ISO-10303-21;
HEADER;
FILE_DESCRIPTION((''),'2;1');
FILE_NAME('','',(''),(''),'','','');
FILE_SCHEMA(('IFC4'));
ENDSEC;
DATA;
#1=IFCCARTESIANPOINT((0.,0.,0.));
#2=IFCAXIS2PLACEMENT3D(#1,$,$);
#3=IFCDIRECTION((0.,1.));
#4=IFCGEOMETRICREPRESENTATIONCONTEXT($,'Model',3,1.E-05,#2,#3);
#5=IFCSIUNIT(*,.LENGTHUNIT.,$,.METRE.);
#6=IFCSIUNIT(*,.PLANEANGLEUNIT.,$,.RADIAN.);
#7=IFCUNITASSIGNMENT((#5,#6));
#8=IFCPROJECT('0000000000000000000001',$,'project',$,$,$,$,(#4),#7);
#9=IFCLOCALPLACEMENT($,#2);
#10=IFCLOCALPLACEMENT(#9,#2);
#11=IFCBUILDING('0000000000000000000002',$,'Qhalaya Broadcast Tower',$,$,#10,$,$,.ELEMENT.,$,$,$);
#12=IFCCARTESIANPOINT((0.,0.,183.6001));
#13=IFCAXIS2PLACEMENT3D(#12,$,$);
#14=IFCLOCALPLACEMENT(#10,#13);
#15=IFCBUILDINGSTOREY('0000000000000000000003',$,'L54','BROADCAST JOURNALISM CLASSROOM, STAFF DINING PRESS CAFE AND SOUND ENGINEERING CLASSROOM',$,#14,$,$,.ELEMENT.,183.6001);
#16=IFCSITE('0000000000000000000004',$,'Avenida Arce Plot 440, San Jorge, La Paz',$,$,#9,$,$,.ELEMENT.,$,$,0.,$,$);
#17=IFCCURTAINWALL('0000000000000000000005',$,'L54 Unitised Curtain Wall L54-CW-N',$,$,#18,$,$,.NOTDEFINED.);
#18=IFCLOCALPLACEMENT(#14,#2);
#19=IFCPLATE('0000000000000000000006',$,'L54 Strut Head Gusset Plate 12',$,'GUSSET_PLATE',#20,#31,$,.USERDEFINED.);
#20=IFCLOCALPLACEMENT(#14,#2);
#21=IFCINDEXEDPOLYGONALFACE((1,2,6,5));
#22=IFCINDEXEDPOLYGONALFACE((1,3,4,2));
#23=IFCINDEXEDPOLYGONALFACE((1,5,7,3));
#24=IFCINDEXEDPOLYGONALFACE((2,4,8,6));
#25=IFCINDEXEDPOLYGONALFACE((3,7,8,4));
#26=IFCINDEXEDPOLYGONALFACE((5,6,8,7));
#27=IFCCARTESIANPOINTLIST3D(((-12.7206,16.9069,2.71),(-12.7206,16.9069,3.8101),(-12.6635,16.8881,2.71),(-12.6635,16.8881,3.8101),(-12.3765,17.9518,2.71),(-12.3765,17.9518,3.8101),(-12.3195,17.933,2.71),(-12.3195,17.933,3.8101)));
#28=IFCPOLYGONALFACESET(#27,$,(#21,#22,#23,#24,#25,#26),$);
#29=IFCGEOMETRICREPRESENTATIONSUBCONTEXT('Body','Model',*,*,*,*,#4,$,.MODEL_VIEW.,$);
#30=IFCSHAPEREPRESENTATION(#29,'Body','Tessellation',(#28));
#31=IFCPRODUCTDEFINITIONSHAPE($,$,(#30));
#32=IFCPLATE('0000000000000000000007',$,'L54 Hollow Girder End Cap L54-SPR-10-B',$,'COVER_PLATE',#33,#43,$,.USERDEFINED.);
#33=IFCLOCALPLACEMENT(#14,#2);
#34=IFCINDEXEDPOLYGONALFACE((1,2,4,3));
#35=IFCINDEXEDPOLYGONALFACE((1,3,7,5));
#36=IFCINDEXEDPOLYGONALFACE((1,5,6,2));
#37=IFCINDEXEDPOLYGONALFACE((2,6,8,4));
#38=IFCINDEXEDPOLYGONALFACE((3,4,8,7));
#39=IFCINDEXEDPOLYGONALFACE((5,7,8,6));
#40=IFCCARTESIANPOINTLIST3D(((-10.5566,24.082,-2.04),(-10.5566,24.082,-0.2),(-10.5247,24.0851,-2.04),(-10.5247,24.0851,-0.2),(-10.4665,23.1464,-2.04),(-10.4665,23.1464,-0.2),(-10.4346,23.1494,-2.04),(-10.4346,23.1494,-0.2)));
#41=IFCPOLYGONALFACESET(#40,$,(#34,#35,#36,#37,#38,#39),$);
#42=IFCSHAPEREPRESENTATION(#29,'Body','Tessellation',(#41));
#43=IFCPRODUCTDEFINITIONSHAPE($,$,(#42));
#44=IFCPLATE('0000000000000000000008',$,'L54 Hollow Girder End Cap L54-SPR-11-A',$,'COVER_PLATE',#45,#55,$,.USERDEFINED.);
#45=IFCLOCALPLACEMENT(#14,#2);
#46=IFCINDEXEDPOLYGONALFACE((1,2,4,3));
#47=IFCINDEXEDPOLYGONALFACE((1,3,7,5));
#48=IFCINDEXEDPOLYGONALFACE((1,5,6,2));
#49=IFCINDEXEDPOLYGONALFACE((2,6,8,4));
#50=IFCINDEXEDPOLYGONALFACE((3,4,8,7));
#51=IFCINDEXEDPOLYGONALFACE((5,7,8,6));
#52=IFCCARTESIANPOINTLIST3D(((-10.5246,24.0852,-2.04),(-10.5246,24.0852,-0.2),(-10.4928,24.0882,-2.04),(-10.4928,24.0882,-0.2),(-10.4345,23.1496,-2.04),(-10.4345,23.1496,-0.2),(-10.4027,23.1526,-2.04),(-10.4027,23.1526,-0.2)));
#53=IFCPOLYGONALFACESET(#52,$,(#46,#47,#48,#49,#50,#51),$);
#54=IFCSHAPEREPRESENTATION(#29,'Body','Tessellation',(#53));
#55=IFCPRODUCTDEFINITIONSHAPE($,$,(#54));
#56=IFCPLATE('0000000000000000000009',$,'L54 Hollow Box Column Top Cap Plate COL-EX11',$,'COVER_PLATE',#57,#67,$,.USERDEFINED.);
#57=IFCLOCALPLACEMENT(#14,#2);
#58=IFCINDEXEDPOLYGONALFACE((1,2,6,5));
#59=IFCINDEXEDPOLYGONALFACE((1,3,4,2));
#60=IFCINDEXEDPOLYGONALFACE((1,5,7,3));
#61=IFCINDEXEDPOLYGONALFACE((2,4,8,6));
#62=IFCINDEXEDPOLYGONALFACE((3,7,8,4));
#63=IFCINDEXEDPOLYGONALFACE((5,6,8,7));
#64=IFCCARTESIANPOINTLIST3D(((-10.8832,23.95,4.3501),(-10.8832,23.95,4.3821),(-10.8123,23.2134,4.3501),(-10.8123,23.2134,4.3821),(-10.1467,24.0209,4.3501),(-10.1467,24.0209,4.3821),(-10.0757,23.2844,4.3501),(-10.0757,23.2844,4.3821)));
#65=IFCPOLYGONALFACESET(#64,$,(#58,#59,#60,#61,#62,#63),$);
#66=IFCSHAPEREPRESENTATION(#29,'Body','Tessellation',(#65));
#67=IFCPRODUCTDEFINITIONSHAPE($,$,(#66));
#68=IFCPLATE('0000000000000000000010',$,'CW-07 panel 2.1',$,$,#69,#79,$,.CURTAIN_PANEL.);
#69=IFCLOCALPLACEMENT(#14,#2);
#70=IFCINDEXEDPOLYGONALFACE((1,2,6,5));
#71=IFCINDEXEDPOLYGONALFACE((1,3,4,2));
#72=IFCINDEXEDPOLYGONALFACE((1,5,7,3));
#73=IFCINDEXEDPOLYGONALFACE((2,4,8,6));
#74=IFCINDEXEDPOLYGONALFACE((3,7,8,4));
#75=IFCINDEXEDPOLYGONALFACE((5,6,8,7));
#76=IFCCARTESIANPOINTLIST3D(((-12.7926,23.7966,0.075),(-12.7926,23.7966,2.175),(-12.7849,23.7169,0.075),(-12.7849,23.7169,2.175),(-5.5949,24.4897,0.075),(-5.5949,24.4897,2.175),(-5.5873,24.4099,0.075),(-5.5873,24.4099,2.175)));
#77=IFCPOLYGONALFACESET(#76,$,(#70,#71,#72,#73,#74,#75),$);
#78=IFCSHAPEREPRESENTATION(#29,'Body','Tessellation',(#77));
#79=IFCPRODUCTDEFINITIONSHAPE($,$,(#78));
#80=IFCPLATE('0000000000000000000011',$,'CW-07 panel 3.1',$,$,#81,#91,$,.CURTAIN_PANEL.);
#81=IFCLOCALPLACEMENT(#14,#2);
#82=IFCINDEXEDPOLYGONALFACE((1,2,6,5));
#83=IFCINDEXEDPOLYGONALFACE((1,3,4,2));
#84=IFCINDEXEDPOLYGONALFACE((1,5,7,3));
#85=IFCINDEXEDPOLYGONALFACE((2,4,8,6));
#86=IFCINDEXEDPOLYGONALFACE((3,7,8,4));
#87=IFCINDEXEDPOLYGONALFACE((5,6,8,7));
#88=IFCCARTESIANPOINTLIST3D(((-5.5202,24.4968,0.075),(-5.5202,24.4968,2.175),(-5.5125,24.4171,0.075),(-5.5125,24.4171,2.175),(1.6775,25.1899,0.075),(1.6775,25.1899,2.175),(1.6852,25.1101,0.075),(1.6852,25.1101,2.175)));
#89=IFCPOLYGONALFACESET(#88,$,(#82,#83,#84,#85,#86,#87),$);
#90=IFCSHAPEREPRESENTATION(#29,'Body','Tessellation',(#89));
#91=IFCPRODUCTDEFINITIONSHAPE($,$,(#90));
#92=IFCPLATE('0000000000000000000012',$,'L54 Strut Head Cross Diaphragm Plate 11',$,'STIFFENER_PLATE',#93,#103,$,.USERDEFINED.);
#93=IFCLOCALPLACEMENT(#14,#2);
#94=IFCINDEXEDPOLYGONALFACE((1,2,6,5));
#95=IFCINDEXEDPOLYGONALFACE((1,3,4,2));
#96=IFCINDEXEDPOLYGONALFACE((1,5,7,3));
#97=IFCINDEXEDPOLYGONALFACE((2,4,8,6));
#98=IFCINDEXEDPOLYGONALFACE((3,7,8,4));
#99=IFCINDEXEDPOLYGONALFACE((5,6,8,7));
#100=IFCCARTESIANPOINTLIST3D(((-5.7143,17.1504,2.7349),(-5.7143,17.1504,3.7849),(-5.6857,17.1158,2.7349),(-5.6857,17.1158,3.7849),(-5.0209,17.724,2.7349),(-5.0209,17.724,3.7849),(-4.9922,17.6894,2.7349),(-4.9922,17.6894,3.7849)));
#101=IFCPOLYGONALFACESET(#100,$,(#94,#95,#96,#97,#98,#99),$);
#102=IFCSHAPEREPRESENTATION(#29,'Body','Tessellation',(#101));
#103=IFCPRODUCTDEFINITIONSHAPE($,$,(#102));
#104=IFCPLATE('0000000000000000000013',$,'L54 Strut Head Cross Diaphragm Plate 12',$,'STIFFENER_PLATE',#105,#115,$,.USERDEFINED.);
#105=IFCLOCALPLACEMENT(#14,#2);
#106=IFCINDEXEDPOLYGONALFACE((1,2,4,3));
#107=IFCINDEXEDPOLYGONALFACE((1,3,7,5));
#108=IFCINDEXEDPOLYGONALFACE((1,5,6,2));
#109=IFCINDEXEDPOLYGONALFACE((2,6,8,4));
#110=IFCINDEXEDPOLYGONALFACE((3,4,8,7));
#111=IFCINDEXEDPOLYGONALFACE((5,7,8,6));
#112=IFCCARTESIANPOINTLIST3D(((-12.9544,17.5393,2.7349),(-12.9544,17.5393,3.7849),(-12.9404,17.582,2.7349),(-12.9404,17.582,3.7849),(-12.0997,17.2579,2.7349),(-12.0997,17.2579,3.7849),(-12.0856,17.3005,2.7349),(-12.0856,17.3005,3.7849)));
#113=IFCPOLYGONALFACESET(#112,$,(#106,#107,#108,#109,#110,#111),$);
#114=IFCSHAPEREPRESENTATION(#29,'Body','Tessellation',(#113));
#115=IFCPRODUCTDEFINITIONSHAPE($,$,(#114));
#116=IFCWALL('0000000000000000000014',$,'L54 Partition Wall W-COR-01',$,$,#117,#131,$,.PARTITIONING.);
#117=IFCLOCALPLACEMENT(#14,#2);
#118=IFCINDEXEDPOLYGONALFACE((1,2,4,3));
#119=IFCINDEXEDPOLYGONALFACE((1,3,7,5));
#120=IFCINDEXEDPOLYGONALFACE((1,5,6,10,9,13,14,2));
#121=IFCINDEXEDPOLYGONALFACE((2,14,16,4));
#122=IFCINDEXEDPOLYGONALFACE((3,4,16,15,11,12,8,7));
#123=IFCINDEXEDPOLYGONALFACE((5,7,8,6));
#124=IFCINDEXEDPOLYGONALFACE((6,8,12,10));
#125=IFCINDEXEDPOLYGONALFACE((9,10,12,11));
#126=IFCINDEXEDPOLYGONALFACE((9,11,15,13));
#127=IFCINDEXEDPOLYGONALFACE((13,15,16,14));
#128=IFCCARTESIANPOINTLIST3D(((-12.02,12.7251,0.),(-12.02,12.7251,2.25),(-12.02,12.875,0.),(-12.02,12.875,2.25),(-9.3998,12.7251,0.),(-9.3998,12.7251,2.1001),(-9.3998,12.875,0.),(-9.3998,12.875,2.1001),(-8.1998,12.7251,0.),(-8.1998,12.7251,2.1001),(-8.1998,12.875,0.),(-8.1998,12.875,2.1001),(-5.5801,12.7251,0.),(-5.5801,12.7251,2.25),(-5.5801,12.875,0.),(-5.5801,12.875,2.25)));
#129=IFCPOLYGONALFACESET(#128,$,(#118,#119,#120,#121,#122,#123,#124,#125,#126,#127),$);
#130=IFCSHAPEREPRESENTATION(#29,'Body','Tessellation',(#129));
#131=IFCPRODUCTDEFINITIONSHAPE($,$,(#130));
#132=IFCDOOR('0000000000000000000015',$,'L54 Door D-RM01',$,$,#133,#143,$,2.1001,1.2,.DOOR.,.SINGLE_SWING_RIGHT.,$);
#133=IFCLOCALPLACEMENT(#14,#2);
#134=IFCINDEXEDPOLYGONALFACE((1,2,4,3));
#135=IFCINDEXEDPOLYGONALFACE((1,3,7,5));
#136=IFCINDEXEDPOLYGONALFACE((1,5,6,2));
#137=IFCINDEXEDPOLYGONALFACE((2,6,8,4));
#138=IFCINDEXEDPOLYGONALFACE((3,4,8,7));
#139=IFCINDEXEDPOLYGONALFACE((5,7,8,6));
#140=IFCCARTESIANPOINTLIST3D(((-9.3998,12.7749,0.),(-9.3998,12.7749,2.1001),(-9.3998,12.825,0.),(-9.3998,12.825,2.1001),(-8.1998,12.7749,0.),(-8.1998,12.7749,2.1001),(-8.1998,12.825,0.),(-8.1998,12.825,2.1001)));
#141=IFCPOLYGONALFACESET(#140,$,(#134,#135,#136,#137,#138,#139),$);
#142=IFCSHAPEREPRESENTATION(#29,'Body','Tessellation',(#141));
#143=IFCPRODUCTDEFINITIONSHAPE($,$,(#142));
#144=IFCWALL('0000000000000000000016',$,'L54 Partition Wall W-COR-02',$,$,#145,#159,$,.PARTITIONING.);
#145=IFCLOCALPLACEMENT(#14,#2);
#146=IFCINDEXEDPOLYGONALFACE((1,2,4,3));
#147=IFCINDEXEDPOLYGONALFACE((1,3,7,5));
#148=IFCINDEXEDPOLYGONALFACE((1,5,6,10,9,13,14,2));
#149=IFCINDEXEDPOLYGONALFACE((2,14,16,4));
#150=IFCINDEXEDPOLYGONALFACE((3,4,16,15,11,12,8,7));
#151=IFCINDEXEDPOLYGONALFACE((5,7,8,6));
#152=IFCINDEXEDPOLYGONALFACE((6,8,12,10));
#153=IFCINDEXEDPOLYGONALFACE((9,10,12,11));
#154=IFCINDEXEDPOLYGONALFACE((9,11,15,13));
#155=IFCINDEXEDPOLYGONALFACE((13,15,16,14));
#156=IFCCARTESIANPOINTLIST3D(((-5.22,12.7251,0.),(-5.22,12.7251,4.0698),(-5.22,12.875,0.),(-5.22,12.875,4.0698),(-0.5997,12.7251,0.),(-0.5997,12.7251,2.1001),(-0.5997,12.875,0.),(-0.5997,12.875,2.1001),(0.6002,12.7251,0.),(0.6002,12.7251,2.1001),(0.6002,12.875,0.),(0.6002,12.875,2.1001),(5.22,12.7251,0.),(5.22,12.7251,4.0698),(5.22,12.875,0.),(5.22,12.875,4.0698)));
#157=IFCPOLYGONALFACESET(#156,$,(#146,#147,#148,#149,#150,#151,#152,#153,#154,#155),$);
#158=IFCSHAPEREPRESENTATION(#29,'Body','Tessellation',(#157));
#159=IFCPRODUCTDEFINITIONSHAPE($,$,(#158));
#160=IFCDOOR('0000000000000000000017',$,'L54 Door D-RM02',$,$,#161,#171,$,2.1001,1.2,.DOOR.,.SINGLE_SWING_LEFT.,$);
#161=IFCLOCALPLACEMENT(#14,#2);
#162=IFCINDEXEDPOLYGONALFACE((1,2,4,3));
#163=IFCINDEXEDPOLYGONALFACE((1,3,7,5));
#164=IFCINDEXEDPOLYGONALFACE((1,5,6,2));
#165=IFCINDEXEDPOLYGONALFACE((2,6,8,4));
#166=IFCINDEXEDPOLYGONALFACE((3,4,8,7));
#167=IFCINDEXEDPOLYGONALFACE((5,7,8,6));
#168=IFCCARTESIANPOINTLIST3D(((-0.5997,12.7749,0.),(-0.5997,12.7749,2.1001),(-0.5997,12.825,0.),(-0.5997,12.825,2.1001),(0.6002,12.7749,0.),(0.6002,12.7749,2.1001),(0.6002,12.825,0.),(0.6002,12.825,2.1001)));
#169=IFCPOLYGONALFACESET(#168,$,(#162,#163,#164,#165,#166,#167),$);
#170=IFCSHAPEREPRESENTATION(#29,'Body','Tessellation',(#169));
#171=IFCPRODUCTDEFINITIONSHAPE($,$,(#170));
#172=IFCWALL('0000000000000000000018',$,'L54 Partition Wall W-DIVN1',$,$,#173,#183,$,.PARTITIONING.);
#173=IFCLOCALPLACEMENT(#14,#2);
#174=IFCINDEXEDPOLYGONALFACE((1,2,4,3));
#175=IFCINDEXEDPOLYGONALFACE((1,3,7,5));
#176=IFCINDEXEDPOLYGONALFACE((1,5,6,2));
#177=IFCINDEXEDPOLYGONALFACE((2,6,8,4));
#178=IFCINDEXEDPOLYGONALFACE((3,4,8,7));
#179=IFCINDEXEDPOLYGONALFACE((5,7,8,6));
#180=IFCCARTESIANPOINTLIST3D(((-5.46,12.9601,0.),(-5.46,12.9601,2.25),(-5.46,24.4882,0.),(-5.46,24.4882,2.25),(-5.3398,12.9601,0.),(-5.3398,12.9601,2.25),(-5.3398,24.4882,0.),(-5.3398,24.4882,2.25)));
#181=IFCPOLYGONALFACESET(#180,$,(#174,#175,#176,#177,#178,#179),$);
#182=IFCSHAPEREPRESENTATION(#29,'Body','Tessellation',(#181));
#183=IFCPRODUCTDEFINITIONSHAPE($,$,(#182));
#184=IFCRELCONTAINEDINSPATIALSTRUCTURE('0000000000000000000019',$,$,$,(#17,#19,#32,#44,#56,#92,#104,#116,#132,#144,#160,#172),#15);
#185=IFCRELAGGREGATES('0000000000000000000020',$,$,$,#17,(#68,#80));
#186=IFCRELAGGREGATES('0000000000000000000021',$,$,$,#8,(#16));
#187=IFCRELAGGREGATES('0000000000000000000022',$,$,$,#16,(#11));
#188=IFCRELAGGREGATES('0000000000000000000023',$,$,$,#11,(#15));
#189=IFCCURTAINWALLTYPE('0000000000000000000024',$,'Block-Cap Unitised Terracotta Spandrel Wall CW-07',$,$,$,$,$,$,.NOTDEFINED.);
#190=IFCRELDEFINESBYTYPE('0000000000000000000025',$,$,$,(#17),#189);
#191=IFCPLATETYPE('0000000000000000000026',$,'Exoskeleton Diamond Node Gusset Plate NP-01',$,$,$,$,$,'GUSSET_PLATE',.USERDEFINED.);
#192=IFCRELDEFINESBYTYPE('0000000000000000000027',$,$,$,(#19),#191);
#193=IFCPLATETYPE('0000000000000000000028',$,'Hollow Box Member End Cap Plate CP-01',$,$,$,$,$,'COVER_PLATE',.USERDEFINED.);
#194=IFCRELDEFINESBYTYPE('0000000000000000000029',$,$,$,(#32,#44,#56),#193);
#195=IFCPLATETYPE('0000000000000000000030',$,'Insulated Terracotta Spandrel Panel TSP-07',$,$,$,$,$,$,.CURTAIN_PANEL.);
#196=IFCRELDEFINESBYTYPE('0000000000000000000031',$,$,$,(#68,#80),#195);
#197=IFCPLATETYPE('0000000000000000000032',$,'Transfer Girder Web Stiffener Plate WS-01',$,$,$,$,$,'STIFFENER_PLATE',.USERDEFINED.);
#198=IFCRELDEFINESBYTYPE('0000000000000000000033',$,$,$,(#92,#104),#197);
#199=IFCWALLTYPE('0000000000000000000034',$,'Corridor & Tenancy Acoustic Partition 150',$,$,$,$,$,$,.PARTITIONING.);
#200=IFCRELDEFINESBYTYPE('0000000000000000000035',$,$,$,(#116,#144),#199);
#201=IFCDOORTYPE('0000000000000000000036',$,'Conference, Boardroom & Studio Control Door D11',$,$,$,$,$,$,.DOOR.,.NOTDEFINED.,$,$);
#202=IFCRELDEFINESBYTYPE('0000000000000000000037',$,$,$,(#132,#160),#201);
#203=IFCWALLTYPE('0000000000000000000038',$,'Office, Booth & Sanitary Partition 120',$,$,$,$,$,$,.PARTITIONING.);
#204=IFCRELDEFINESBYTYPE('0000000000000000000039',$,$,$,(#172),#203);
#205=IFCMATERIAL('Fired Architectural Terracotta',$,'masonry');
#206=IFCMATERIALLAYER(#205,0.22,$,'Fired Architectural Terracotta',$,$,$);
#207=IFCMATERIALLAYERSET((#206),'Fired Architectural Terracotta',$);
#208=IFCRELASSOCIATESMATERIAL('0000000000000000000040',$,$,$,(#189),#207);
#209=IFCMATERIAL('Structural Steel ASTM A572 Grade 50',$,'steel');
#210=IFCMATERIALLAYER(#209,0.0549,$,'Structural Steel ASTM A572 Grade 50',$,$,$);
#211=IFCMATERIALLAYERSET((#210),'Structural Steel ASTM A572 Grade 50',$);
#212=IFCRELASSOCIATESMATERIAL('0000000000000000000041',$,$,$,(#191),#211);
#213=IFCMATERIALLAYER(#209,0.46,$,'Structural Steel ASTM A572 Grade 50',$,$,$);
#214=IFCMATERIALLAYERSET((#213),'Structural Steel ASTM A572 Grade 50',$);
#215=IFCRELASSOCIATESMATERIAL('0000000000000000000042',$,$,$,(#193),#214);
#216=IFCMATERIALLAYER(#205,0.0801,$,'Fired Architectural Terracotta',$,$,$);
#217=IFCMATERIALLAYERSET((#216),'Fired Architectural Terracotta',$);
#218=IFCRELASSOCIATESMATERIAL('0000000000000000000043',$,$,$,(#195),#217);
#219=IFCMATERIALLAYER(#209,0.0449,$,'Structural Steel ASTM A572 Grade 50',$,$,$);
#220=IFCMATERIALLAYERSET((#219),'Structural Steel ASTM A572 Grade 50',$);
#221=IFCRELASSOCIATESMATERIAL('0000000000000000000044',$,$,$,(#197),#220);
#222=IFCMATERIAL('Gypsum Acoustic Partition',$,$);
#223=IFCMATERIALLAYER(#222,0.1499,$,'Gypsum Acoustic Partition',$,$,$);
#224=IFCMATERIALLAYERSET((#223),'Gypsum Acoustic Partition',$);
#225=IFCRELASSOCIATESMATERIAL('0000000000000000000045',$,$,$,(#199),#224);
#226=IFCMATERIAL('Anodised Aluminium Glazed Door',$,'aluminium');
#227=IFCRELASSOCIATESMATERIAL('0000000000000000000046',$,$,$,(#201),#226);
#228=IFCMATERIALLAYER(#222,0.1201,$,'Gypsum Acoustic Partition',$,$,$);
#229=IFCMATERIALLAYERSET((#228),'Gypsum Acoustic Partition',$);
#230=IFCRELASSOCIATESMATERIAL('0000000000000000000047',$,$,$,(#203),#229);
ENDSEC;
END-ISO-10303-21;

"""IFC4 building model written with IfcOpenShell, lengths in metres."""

from ifc_helpers import new_model, si_unit, direction, frame, frame_2d, origin, origin_2d, place, context, subcontext, project, spatial, rectangle, extrude, material, layer, layer_set, type_object, element, fill, aggregate, save


model = new_model("IFC4")

# Units and contexts
model_context = context("Model", 3, precision=1e-05, world=origin(), true_north=direction((0.0, 1.0)))
body_context = subcontext(model_context, "Body", "Model", "MODEL_VIEW")
ifc_project = project(units=[si_unit("LENGTHUNIT", "METRE"), si_unit("PLANEANGLEUNIT", "RADIAN")], contexts=[model_context])

# Site, building, storey
site_placement = place(None, origin())
site = spatial("IfcSite", under=ifc_project, at=site_placement, Name="Avenida Arce Plot 440, San Jorge, La Paz", CompositionType="ELEMENT", RefElevation=0.0)
building_placement = place(site_placement, origin())
building = spatial("IfcBuilding", under=site, at=building_placement, Name="Qhalaya Broadcast Tower", CompositionType="ELEMENT")
storey_placement = place(building_placement, frame((0.0, 0.0, 183.6001)))
storey = spatial("IfcBuildingStorey", under=building, at=storey_placement, Name="L54", Description="BROADCAST JOURNALISM CLASSROOM, STAFF DINING PRESS CAFE AND SOUND ENGINEERING CLASSROOM", CompositionType="ELEMENT", Elevation=183.6001)

# Shared definitions
ifc_material_1 = material(Name="Structural Steel ASTM A572 Grade 50", Category="steel")

# Curtain wall
ifc_material_2 = material(Name="Fired Architectural Terracotta", Category="masonry")
ifc_layer_1 = layer(ifc_material_2, 0.22, Name="Fired Architectural Terracotta")
ifc_layer_set_1 = layer_set([ifc_layer_1], Name="Fired Architectural Terracotta")
curtain_wall_type = type_object("IfcCurtainWallType", Name="Block-Cap Unitised Terracotta Spandrel Wall CW-07", PredefinedType="NOTDEFINED", material=ifc_layer_set_1)
curtain_wall_placement = place(storey_placement, origin())
curtain_wall = element("IfcCurtainWall", 1, at=curtain_wall_placement, inside=storey, type_object=curtain_wall_type, Name="L54 Unitised Curtain Wall L54-CW-N", PredefinedType="NOTDEFINED")

# Plates
ifc_layer_2 = layer(ifc_material_1, 0.0549, Name="Structural Steel ASTM A572 Grade 50")
ifc_layer_set_2 = layer_set([ifc_layer_2], Name="Structural Steel ASTM A572 Grade 50")
plate_type_1 = type_object("IfcPlateType", Name="Exoskeleton Diamond Node Gusset Plate NP-01", ElementType="GUSSET_PLATE", PredefinedType="USERDEFINED", material=ifc_layer_set_2)
for number, where, z_axis, x_axis, name in (
    (2, (-12.52, 17.4199, 2.71), (0.0, 0.0, 1.0), (-0.312733, -0.949841, 0.0), "L54 Strut Head Gusset Plate 12"),
):
    element("IfcPlate", number, at=place(storey_placement, frame(where, z_axis=z_axis, x_axis=x_axis)), inside=storey, type_object=plate_type_1, Name=name, ObjectType="GUSSET_PLATE", PredefinedType="USERDEFINED", context=body_context, shape_type="SweptSolid", body=[
        extrude(rectangle(XDim=1.1001, YDim=0.0601, at=origin_2d()), origin(), (0.0, 0.0, 1.0), 1.1001),
    ])
ifc_layer_3 = layer(ifc_material_1, 0.46, Name="Structural Steel ASTM A572 Grade 50")
ifc_layer_set_3 = layer_set([ifc_layer_3], Name="Structural Steel ASTM A572 Grade 50")
plate_type_2 = type_object("IfcPlateType", Name="Hollow Box Member End Cap Plate CP-01", ElementType="COVER_PLATE", PredefinedType="USERDEFINED", material=ifc_layer_set_3)
for number, where, z_axis, x_axis, name in (
    (3, (-10.4956, 23.6157, -2.04), (0.0, 0.0, 1.0), (0.095846, -0.995396, 0.0), "L54 Hollow Girder End Cap L54-SPR-10-B"),
    (4, (-10.4636, 23.6189, -2.04), (0.0, 0.0, 1.0), (0.095846, -0.995396, 0.0), "L54 Hollow Girder End Cap L54-SPR-11-A"),
):
    element("IfcPlate", number, at=place(storey_placement, frame(where, z_axis=z_axis, x_axis=x_axis)), inside=storey, type_object=plate_type_2, Name=name, ObjectType="COVER_PLATE", PredefinedType="USERDEFINED", context=body_context, shape_type="SweptSolid", body=[
        extrude(rectangle(XDim=0.9399, YDim=0.032, at=origin_2d()), origin(), (0.0, 0.0, 1.0), 1.8401),
    ])
plate_1_placement = place(storey_placement, frame((-10.4795, 23.6172, 4.3501), z_axis=(0.0, 0.0, 1.0), x_axis=(0.995396, 0.095846, 0.0)))
element("IfcPlate", 5, at=plate_1_placement, inside=storey, type_object=plate_type_2, Name="L54 Hollow Box Column Top Cap Plate COL-EX11", ObjectType="COVER_PLATE", PredefinedType="USERDEFINED", context=body_context, shape_type="SweptSolid", body=[
    extrude(rectangle(XDim=0.74, YDim=0.74, at=origin_2d()), origin(), (0.0, 0.0, 1.0), 0.032),
])

# Plates
ifc_layer_4 = layer(ifc_material_2, 0.0801, Name="Fired Architectural Terracotta")
ifc_layer_set_4 = layer_set([ifc_layer_4], Name="Fired Architectural Terracotta")
plate_type_3 = type_object("IfcPlateType", Name="Insulated Terracotta Spandrel Panel TSP-07", PredefinedType="CURTAIN_PANEL", material=ifc_layer_set_4)
plate_2_placement = place(storey_placement, frame((-9.1899, 24.1033, 0.075), z_axis=(0.0, 0.0, 1.0), x_axis=(0.995396, 0.095846, 0.0)))
plate_2 = element("IfcPlate", 6, at=plate_2_placement, type_object=plate_type_3, Name="CW-07 panel 2.1", PredefinedType="CURTAIN_PANEL", context=body_context, shape_type="SweptSolid", body=[
    extrude(rectangle(XDim=7.231, YDim=0.0801, at=origin_2d()), origin(), (0.0, 0.0, 1.0), 2.1001),
])
plate_3_placement = place(storey_placement, frame((-1.9175, 24.8035, 0.075), z_axis=(0.0, 0.0, 1.0), x_axis=(0.995396, 0.095846, 0.0)))
plate_3 = element("IfcPlate", 7, at=plate_3_placement, type_object=plate_type_3, Name="CW-07 panel 3.1", PredefinedType="CURTAIN_PANEL", context=body_context, shape_type="SweptSolid", body=[
    extrude(rectangle(XDim=7.231, YDim=0.0801, at=origin_2d()), origin(), (0.0, 0.0, 1.0), 2.1001),
])
aggregate(curtain_wall, [plate_2, plate_3])

# Plates
ifc_layer_5 = layer(ifc_material_1, 0.0449, Name="Structural Steel ASTM A572 Grade 50")
ifc_layer_set_5 = layer_set([ifc_layer_5], Name="Structural Steel ASTM A572 Grade 50")
plate_type_4 = type_object("IfcPlateType", Name="Transfer Girder Web Stiffener Plate WS-01", ElementType="STIFFENER_PLATE", PredefinedType="USERDEFINED", material=ifc_layer_set_5)
for number, where, z_axis, x_axis, name in (
    (8, (-5.3533, 17.4199, 2.7349), (0.0, 0.0, 1.0), (0.770547, 0.637384, 0.0), "L54 Strut Head Cross Diaphragm Plate 11"),
    (9, (-12.52, 17.4199, 2.7349), (0.0, 0.0, 1.0), (0.949841, -0.312733, 0.0), "L54 Strut Head Cross Diaphragm Plate 12"),
):
    element("IfcPlate", number, at=place(storey_placement, frame(where, z_axis=z_axis, x_axis=x_axis)), inside=storey, type_object=plate_type_4, Name=name, ObjectType="STIFFENER_PLATE", PredefinedType="USERDEFINED", context=body_context, shape_type="SweptSolid", body=[
        extrude(rectangle(XDim=0.8999, YDim=0.0449, at=origin_2d()), origin(), (0.0, 0.0, 1.0), 1.05),
    ])

# Walls, openings, doors
ifc_material_3 = material(Name="Gypsum Acoustic Partition")
ifc_layer_6 = layer(ifc_material_3, 0.1499, Name="Gypsum Acoustic Partition")
ifc_layer_set_6 = layer_set([ifc_layer_6], Name="Gypsum Acoustic Partition")
wall_type_1 = type_object("IfcWallType", Name="Corridor & Tenancy Acoustic Partition 150", PredefinedType="PARTITIONING", material=ifc_layer_set_6)
wall_1_placement = place(storey_placement, frame((-12.02, 12.8, 0.0), z_axis=(0.0, 0.0, 1.0), x_axis=(1.0, 0.0, 0.0)))
wall_1 = element("IfcWall", 10, at=wall_1_placement, inside=storey, type_object=wall_type_1, Name="L54 Partition Wall W-COR-01", PredefinedType="PARTITIONING", context=body_context, shape_type="SweptSolid", body=[
    extrude(rectangle(XDim=6.4399, YDim=0.1499, at=frame_2d((3.22, 0.0))), origin(), (0.0, 0.0, 1.0), 2.25),
])
opening_1_placement = place(wall_1_placement, frame((2.6201, 0.0, 0.0)))
opening_1 = element("IfcOpeningElement", 11, at=opening_1_placement, cuts=wall_1, PredefinedType="OPENING", context=body_context, shape_type="SweptSolid", body=[
    extrude(rectangle(XDim=1.2, YDim=2.1001, at=frame_2d((0.6001, 1.05))), frame((0.0, 0.0869, 0.0), z_axis=(0.0, -1.0, 0.0), x_axis=(1.0, 0.0, 0.0)), (0.0, 0.0, 1.0), 0.1738),
])
ifc_material_4 = material(Name="Anodised Aluminium Glazed Door", Category="aluminium")
door_type = type_object("IfcDoorType", Name="Conference, Boardroom & Studio Control Door D11", OperationType="NOTDEFINED", PredefinedType="DOOR", material=ifc_material_4)
door_1_placement = place(opening_1_placement, origin())
door_1 = element("IfcDoor", 12, at=door_1_placement, inside=storey, type_object=door_type, Name="L54 Door D-RM01", OperationType="SINGLE_SWING_RIGHT", OverallHeight=2.1001, OverallWidth=1.2, PredefinedType="DOOR", context=body_context, shape_type="SweptSolid", body=[
    extrude(rectangle(XDim=1.2, YDim=2.1001, at=frame_2d((0.6001, 1.05))), frame((0.0, 0.0249, 0.0), z_axis=(0.0, -1.0, 0.0), x_axis=(1.0, 0.0, 0.0)), (0.0, 0.0, 1.0), 0.05),
])
fill(opening_1, door_1)
wall_2_placement = place(storey_placement, frame((-5.22, 12.8, 0.0), z_axis=(0.0, 0.0, 1.0), x_axis=(1.0, 0.0, 0.0)))
wall_2 = element("IfcWall", 13, at=wall_2_placement, inside=storey, type_object=wall_type_1, Name="L54 Partition Wall W-COR-02", PredefinedType="PARTITIONING", context=body_context, shape_type="SweptSolid", body=[
    extrude(rectangle(XDim=10.4399, YDim=0.1499, at=frame_2d((5.22, 0.0))), origin(), (0.0, 0.0, 1.0), 4.0698),
])
opening_2_placement = place(wall_2_placement, frame((4.6201, 0.0, 0.0)))
opening_2 = element("IfcOpeningElement", 14, at=opening_2_placement, cuts=wall_2, PredefinedType="OPENING", context=body_context, shape_type="SweptSolid", body=[
    extrude(rectangle(XDim=1.2, YDim=2.1001, at=frame_2d((0.6001, 1.05))), frame((0.0, 0.0869, 0.0), z_axis=(0.0, -1.0, 0.0), x_axis=(1.0, 0.0, 0.0)), (0.0, 0.0, 1.0), 0.1738),
])
door_2_placement = place(opening_2_placement, origin())
door_2 = element("IfcDoor", 15, at=door_2_placement, inside=storey, type_object=door_type, Name="L54 Door D-RM02", OperationType="SINGLE_SWING_LEFT", OverallHeight=2.1001, OverallWidth=1.2, PredefinedType="DOOR", context=body_context, shape_type="SweptSolid", body=[
    extrude(rectangle(XDim=1.2, YDim=2.1001, at=frame_2d((0.6001, 1.05))), frame((0.0, 0.0249, 0.0), z_axis=(0.0, -1.0, 0.0), x_axis=(1.0, 0.0, 0.0)), (0.0, 0.0, 1.0), 0.05),
])
fill(opening_2, door_2)

# Wall
ifc_layer_7 = layer(ifc_material_3, 0.1201, Name="Gypsum Acoustic Partition")
ifc_layer_set_7 = layer_set([ifc_layer_7], Name="Gypsum Acoustic Partition")
wall_type_2 = type_object("IfcWallType", Name="Office, Booth & Sanitary Partition 120", PredefinedType="PARTITIONING", material=ifc_layer_set_7)
wall_3_placement = place(storey_placement, frame((-5.3999, 12.96, 0.0), z_axis=(0.0, 0.0, 1.0), x_axis=(0.0, 1.0, 0.0)))
element("IfcWall", 16, at=wall_3_placement, inside=storey, type_object=wall_type_2, Name="L54 Partition Wall W-DIVN1", PredefinedType="PARTITIONING", context=body_context, shape_type="SweptSolid", body=[
    extrude(rectangle(XDim=11.5281, YDim=0.1201, at=frame_2d((5.7642, 0.0))), origin(), (0.0, 0.0, 1.0), 2.25),
])

save(model, "model.ifc")
